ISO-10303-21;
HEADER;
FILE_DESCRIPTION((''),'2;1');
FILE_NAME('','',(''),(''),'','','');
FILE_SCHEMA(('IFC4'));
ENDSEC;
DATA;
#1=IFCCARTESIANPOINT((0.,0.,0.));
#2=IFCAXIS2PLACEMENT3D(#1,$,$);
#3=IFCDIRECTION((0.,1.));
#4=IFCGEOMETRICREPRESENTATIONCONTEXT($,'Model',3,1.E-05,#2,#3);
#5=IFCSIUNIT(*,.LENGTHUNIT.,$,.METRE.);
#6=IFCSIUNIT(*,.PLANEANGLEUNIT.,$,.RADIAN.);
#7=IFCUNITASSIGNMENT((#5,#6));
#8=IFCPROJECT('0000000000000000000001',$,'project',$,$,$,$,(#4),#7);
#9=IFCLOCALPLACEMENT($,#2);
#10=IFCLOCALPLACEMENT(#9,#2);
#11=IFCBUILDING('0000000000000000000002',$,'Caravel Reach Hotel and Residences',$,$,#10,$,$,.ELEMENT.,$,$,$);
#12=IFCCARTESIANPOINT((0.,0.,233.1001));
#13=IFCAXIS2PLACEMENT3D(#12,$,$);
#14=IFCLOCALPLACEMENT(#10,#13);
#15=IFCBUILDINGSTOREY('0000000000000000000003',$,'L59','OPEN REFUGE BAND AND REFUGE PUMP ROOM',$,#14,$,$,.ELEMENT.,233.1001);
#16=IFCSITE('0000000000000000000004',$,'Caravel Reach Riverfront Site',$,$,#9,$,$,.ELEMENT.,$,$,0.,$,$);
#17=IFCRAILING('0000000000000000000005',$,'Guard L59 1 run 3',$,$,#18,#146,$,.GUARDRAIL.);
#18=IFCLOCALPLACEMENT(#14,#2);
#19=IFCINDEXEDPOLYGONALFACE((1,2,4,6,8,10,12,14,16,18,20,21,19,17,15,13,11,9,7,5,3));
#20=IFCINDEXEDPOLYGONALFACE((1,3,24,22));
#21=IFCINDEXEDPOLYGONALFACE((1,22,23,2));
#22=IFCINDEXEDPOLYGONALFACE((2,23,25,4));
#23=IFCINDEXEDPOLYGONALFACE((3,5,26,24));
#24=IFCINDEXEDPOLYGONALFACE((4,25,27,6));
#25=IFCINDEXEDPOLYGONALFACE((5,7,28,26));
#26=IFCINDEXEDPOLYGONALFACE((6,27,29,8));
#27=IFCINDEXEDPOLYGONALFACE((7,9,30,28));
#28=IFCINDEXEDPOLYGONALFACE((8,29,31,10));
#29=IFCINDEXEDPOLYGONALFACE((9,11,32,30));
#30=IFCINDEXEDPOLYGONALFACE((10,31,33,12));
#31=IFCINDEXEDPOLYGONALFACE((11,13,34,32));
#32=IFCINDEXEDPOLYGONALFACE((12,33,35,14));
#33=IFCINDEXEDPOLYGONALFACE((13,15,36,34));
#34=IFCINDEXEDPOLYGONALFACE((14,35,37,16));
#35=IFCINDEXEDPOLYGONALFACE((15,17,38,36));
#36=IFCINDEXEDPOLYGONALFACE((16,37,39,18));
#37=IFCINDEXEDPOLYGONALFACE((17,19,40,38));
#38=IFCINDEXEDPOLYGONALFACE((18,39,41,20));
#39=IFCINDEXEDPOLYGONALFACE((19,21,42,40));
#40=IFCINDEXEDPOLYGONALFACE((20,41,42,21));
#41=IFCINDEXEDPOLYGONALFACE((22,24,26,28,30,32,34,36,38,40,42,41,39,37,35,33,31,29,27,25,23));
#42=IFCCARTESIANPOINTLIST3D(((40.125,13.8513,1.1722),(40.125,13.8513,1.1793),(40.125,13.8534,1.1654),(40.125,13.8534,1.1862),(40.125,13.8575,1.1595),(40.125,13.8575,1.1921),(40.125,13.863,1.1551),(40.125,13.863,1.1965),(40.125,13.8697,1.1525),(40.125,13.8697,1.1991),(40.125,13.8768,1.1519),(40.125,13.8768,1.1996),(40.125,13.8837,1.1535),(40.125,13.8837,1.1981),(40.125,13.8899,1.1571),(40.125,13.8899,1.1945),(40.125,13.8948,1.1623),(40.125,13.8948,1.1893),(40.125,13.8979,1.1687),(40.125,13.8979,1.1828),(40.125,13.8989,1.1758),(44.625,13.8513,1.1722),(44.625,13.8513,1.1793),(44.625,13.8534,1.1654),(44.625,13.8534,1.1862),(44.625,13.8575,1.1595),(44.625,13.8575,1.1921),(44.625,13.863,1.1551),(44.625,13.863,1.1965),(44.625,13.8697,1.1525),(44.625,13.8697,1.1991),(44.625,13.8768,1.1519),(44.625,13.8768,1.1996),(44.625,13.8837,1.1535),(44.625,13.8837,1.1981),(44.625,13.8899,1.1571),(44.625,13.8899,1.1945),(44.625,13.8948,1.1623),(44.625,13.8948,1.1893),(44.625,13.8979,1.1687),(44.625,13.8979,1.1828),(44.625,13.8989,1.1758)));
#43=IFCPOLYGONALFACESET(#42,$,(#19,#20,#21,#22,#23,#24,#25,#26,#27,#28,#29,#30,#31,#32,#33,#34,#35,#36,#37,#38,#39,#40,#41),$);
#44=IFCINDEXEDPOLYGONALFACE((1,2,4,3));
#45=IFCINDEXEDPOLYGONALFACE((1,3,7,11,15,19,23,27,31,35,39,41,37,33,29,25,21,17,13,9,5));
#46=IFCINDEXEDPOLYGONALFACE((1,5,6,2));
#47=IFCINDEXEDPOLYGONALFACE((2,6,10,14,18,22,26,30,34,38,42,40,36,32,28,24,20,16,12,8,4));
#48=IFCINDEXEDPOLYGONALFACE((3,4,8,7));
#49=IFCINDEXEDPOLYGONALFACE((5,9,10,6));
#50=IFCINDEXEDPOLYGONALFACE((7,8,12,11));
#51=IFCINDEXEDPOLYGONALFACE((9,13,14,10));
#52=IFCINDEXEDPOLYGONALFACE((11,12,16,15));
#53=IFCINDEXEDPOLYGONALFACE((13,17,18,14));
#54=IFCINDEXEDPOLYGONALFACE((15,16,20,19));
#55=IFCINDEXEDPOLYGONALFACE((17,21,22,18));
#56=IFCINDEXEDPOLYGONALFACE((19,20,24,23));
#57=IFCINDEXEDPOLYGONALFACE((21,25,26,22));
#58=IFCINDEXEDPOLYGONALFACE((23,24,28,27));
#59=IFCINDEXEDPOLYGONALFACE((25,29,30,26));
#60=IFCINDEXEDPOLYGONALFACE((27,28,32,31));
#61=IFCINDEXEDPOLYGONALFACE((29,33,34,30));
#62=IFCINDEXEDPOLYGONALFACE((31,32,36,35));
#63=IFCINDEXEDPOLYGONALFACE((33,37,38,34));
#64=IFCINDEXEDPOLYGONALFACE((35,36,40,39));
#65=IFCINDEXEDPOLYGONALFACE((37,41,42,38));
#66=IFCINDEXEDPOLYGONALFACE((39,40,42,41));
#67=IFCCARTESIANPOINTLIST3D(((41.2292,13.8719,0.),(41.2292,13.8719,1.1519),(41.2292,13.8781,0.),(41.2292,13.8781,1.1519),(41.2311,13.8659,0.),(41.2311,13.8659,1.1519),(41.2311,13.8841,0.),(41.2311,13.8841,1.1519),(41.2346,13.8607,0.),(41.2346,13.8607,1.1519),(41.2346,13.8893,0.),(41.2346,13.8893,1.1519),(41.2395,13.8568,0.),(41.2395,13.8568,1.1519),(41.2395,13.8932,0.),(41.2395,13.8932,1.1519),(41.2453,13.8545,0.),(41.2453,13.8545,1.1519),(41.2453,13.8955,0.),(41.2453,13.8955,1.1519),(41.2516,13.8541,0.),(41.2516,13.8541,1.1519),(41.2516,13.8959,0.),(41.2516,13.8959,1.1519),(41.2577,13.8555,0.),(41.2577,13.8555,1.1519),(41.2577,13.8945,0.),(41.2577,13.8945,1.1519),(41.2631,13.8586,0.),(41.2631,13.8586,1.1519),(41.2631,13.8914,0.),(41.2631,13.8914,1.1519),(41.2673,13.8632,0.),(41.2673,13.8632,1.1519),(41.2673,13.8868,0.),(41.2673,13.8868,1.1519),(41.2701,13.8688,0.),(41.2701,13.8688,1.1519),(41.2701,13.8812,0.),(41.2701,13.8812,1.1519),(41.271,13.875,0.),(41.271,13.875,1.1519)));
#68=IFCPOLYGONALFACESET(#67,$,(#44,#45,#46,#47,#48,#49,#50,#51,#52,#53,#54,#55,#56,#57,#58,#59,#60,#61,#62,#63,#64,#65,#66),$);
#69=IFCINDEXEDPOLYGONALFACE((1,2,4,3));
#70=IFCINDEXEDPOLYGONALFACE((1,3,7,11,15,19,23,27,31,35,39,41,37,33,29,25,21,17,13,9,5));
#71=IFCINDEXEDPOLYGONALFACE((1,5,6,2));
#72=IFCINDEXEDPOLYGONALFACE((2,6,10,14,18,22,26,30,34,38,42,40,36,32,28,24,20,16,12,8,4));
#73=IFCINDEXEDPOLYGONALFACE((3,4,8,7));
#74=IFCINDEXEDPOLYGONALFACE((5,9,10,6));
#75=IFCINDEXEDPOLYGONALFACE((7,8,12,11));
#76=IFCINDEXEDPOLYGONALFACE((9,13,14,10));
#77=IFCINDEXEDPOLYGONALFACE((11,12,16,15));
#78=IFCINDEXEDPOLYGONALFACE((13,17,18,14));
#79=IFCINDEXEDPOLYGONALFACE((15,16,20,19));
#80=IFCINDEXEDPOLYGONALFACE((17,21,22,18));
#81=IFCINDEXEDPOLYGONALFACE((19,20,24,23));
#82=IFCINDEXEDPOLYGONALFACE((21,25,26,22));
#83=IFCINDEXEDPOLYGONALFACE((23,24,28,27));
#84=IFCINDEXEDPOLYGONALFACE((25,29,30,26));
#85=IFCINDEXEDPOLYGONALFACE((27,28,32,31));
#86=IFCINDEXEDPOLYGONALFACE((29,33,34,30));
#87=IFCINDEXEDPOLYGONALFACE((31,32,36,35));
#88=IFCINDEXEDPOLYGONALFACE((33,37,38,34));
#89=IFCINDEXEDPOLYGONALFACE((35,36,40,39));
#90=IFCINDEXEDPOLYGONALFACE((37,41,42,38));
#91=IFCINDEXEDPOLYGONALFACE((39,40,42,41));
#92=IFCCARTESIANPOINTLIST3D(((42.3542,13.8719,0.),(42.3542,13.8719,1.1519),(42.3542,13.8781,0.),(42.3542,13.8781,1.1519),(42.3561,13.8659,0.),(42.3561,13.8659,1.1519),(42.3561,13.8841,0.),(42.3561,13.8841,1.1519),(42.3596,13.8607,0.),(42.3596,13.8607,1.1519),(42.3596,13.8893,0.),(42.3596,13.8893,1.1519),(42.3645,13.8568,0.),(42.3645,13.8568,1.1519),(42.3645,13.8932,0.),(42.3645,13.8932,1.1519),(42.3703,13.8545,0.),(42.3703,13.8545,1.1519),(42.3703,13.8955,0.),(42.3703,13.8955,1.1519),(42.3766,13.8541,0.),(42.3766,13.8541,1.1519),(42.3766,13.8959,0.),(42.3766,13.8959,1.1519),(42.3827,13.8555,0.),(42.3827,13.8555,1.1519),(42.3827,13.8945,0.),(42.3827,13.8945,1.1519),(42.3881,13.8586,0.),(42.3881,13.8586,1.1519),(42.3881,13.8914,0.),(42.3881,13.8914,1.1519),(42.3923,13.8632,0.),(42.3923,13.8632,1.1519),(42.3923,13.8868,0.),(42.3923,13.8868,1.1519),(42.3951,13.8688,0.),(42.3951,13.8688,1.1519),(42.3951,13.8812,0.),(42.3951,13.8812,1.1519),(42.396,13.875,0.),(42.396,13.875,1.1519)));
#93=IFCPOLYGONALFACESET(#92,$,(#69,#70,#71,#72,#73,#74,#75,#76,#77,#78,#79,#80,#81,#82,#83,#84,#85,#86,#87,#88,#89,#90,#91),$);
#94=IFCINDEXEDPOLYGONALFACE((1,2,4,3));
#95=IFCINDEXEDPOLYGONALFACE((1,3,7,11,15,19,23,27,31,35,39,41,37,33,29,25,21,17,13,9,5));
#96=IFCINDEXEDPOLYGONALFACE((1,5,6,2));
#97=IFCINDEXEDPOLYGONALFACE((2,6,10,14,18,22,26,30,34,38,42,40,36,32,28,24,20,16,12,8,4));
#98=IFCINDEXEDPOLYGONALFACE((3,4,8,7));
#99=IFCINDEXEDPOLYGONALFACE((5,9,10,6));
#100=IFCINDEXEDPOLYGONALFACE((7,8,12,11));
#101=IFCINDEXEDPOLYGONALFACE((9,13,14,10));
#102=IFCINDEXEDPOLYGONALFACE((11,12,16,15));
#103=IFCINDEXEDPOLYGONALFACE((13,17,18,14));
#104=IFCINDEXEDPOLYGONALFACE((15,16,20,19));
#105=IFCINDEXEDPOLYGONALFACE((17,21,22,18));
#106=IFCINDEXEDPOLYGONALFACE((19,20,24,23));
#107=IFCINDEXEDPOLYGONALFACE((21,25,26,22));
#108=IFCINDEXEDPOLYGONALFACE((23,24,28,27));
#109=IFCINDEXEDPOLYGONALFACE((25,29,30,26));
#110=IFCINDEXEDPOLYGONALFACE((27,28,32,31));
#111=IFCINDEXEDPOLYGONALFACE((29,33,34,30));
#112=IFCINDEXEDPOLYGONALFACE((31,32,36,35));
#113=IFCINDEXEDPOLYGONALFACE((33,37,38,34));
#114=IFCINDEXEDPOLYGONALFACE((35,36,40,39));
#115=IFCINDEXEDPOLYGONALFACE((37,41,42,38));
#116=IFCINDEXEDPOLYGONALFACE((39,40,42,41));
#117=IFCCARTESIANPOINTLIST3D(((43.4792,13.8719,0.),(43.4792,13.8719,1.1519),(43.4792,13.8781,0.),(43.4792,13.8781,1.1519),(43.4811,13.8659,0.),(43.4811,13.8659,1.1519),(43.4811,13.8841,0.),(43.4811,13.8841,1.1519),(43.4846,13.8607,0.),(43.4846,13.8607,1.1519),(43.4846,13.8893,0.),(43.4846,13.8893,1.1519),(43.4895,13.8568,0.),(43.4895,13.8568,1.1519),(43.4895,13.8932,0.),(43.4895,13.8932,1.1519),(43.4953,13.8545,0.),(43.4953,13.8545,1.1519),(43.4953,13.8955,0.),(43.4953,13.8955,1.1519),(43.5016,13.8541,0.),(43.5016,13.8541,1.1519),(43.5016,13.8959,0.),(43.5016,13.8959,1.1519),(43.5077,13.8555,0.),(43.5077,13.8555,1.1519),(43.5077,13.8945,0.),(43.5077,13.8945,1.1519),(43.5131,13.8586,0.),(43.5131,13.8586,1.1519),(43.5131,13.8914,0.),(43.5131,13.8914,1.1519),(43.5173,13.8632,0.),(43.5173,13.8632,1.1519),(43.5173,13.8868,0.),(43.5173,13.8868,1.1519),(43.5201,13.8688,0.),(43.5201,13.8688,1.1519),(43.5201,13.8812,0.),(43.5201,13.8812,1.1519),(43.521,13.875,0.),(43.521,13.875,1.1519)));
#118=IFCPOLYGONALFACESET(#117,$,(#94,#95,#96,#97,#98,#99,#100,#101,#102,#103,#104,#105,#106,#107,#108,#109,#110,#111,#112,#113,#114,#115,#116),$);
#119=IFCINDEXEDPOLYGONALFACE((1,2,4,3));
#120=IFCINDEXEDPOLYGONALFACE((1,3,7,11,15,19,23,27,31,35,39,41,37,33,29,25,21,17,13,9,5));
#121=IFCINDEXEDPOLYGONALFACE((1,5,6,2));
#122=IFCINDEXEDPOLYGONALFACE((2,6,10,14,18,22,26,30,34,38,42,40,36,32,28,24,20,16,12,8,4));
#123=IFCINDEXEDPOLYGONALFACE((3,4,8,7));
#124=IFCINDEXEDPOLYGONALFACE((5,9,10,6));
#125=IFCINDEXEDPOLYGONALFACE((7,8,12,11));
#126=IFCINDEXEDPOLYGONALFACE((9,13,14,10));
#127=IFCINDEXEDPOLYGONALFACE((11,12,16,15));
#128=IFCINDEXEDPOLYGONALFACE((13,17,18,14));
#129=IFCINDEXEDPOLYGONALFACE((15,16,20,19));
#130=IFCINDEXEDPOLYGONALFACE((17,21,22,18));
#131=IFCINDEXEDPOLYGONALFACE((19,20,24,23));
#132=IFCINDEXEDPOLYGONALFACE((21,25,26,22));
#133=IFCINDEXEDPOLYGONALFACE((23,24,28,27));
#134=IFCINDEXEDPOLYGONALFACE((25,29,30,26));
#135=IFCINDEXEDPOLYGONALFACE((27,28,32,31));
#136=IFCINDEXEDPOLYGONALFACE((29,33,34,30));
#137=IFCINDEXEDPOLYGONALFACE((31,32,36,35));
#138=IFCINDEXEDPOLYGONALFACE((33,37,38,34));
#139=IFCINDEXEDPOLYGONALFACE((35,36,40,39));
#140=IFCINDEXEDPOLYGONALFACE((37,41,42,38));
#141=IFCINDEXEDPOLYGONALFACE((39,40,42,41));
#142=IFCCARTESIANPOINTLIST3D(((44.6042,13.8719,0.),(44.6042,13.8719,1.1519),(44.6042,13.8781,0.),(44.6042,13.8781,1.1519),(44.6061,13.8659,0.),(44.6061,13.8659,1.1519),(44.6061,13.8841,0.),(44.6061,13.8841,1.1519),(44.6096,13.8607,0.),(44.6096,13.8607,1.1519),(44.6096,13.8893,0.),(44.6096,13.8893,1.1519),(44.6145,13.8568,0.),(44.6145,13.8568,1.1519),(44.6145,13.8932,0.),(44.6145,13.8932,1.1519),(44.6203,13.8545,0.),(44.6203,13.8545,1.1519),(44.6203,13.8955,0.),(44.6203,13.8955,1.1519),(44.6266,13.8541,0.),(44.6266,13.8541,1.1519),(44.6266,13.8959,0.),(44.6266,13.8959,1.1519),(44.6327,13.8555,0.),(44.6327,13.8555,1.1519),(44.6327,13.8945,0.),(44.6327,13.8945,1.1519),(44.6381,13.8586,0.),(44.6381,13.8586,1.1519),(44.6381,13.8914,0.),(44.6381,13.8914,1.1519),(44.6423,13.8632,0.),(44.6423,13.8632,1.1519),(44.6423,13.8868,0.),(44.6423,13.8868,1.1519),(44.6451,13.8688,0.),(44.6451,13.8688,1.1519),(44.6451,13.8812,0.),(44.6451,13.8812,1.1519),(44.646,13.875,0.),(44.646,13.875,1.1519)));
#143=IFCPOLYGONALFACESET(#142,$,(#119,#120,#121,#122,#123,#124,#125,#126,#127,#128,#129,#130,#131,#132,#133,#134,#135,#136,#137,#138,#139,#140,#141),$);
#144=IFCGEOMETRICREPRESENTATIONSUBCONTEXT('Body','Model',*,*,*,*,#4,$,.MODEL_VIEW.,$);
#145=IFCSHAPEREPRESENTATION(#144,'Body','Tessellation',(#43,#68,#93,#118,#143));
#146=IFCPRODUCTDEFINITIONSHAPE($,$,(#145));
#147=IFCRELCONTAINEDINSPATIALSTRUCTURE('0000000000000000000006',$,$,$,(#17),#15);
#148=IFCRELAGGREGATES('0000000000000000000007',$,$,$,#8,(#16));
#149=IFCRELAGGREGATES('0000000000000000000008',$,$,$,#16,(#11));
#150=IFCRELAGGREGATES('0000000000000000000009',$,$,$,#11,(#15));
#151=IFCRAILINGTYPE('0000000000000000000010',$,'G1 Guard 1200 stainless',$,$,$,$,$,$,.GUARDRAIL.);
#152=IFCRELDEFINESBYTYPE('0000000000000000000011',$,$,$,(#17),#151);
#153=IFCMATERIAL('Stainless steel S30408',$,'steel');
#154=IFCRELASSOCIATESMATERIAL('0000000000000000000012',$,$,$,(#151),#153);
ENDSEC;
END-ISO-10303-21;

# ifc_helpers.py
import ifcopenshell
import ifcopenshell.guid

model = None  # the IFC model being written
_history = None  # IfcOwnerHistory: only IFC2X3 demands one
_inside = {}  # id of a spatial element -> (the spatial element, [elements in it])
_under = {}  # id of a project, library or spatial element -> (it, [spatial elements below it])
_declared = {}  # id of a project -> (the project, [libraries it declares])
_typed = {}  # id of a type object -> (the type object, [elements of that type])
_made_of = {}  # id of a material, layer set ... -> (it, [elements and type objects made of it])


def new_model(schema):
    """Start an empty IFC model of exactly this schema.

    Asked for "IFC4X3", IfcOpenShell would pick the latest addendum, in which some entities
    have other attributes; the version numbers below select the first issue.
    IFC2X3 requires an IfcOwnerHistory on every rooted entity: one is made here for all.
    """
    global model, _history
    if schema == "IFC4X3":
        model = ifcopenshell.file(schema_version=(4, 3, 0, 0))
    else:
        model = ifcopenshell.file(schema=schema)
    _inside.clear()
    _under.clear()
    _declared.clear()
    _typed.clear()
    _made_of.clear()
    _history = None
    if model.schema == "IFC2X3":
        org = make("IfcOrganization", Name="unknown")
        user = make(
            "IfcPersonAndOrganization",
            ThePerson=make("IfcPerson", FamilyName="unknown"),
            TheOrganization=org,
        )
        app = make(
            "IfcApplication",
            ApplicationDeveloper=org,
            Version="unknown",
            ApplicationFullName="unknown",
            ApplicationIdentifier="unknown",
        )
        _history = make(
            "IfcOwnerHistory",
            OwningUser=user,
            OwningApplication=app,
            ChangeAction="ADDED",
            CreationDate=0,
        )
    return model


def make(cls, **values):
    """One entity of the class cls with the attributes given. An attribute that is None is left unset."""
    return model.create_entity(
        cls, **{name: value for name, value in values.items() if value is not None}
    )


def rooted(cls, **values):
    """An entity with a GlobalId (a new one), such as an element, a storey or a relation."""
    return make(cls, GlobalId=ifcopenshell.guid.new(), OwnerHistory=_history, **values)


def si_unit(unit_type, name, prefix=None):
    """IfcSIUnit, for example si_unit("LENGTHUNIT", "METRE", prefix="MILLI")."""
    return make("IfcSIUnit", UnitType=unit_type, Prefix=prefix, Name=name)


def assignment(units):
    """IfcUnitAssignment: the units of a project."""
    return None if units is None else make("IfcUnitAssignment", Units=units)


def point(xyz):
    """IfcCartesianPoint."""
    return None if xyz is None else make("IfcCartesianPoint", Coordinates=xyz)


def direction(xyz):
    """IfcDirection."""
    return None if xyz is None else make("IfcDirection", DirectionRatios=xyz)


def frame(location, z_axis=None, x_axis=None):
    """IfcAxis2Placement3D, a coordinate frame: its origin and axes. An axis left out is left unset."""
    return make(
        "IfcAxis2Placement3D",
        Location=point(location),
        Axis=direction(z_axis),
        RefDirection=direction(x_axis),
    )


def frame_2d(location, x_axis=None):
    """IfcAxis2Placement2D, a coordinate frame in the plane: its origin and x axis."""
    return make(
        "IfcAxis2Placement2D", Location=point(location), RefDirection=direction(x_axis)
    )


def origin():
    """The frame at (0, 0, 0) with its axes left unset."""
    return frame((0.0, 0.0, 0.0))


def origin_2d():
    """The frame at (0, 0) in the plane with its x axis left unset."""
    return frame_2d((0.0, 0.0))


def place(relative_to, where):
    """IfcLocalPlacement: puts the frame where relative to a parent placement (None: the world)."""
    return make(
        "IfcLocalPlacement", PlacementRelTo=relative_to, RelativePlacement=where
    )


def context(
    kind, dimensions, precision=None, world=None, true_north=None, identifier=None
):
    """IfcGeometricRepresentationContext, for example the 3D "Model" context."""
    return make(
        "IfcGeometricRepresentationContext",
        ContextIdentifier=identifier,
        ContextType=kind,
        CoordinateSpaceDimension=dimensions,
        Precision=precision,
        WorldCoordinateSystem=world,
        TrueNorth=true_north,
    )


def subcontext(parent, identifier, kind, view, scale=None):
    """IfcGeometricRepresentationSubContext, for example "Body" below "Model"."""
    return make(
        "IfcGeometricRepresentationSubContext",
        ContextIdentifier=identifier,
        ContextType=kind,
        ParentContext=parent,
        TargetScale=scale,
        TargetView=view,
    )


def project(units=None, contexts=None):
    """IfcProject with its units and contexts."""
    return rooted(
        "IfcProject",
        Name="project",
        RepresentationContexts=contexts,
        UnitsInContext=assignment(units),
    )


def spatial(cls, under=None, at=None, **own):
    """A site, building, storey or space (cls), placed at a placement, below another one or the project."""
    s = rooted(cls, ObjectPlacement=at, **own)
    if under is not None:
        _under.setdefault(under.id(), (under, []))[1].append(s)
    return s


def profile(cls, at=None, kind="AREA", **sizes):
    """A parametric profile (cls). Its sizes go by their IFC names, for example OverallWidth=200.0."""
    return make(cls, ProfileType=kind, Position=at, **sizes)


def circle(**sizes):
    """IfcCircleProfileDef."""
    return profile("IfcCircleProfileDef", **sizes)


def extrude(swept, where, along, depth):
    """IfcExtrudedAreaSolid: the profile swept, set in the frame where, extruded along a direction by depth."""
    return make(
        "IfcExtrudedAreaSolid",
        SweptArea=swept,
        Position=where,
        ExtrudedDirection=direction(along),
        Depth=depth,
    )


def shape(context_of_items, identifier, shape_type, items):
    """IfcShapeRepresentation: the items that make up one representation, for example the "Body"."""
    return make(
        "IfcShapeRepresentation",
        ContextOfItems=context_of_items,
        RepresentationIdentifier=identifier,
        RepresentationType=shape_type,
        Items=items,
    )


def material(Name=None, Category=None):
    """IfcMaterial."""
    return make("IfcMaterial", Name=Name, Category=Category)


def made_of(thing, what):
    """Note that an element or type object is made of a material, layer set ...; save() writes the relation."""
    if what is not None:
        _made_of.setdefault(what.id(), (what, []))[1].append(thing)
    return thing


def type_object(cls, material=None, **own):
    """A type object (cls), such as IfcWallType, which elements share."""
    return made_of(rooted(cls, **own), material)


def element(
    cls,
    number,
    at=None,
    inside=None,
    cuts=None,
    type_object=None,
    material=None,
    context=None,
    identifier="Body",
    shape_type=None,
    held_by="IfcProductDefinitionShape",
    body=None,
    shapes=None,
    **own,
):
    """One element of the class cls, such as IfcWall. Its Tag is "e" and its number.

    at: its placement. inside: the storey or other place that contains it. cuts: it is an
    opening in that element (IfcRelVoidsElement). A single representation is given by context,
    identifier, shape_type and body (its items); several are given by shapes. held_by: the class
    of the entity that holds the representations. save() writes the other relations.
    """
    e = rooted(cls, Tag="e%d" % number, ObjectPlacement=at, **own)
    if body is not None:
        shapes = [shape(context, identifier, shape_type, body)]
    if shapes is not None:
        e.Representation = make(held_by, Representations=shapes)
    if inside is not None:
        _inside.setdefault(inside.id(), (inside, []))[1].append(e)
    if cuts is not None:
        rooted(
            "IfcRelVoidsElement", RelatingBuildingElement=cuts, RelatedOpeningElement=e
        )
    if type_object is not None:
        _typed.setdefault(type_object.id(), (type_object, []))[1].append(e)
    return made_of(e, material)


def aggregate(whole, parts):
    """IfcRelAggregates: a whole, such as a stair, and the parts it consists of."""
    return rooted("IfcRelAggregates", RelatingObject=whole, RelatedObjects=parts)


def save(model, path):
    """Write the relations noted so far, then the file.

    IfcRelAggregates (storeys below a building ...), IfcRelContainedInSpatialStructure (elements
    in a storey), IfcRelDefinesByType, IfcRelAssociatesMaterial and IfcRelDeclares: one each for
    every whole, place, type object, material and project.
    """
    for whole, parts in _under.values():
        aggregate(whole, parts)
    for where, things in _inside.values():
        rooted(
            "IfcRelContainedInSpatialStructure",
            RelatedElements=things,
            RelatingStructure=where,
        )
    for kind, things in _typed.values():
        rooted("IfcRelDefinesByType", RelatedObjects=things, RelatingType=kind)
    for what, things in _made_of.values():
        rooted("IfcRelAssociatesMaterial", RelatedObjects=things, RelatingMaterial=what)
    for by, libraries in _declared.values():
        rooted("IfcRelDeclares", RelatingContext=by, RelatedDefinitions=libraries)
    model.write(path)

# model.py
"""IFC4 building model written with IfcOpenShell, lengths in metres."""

from ifc_helpers import new_model, si_unit, direction, frame, origin, origin_2d, place, context, subcontext, project, spatial, circle, extrude, material, type_object, element, save


model = new_model("IFC4")

# Units and contexts
model_context = context("Model", 3, precision=1e-05, world=origin(), true_north=direction((0.0, 1.0)))
body_context = subcontext(model_context, "Body", "Model", "MODEL_VIEW")
ifc_project = project(units=[si_unit("LENGTHUNIT", "METRE"), si_unit("PLANEANGLEUNIT", "RADIAN")], contexts=[model_context])

# Site, building, storey
site_placement = place(None, origin())
site = spatial("IfcSite", under=ifc_project, at=site_placement, Name="Caravel Reach Riverfront Site", CompositionType="ELEMENT", RefElevation=0.0)
building_placement = place(site_placement, origin())
building = spatial("IfcBuilding", under=site, at=building_placement, Name="Caravel Reach Hotel and Residences", CompositionType="ELEMENT")
storey_placement = place(building_placement, frame((0.0, 0.0, 233.1001)))
storey = spatial("IfcBuildingStorey", under=building, at=storey_placement, Name="L59", Description="OPEN REFUGE BAND AND REFUGE PUMP ROOM", CompositionType="ELEMENT", Elevation=233.1001)

# Railing
ifc_material_1 = material(Name="Stainless steel S30408", Category="steel")
railing_type = type_object("IfcRailingType", Name="G1 Guard 1200 stainless", PredefinedType="GUARDRAIL", material=ifc_material_1)
railing_1_placement = place(storey_placement, frame((40.125, 13.875, 0.0)))
element("IfcRailing", 1, at=railing_1_placement, inside=storey, type_object=railing_type, Name="Guard L59 1 run 3", PredefinedType="GUARDRAIL", context=body_context, shape_type="SweptSolid", body=[
    extrude(circle(Radius=0.0239, at=origin_2d()), frame((0.0, 0.0, 1.1758), z_axis=(1.0, 0.0, 0.0), x_axis=(0.0, 1.0, 0.0)), (0.0, 0.0, 1.0), 4.5),
    extrude(circle(Radius=0.021, at=origin_2d()), frame((1.125, 0.0, 0.0)), (0.0, 0.0, 1.0), 1.1519),
    extrude(circle(Radius=0.021, at=origin_2d()), frame((2.25, 0.0, 0.0)), (0.0, 0.0, 1.0), 1.1519),
    extrude(circle(Radius=0.021, at=origin_2d()), frame((3.375, 0.0, 0.0)), (0.0, 0.0, 1.0), 1.1519),
    extrude(circle(Radius=0.021, at=origin_2d()), frame((4.5, 0.0, 0.0)), (0.0, 0.0, 1.0), 1.1519),
])

save(model, "model.ifc")
